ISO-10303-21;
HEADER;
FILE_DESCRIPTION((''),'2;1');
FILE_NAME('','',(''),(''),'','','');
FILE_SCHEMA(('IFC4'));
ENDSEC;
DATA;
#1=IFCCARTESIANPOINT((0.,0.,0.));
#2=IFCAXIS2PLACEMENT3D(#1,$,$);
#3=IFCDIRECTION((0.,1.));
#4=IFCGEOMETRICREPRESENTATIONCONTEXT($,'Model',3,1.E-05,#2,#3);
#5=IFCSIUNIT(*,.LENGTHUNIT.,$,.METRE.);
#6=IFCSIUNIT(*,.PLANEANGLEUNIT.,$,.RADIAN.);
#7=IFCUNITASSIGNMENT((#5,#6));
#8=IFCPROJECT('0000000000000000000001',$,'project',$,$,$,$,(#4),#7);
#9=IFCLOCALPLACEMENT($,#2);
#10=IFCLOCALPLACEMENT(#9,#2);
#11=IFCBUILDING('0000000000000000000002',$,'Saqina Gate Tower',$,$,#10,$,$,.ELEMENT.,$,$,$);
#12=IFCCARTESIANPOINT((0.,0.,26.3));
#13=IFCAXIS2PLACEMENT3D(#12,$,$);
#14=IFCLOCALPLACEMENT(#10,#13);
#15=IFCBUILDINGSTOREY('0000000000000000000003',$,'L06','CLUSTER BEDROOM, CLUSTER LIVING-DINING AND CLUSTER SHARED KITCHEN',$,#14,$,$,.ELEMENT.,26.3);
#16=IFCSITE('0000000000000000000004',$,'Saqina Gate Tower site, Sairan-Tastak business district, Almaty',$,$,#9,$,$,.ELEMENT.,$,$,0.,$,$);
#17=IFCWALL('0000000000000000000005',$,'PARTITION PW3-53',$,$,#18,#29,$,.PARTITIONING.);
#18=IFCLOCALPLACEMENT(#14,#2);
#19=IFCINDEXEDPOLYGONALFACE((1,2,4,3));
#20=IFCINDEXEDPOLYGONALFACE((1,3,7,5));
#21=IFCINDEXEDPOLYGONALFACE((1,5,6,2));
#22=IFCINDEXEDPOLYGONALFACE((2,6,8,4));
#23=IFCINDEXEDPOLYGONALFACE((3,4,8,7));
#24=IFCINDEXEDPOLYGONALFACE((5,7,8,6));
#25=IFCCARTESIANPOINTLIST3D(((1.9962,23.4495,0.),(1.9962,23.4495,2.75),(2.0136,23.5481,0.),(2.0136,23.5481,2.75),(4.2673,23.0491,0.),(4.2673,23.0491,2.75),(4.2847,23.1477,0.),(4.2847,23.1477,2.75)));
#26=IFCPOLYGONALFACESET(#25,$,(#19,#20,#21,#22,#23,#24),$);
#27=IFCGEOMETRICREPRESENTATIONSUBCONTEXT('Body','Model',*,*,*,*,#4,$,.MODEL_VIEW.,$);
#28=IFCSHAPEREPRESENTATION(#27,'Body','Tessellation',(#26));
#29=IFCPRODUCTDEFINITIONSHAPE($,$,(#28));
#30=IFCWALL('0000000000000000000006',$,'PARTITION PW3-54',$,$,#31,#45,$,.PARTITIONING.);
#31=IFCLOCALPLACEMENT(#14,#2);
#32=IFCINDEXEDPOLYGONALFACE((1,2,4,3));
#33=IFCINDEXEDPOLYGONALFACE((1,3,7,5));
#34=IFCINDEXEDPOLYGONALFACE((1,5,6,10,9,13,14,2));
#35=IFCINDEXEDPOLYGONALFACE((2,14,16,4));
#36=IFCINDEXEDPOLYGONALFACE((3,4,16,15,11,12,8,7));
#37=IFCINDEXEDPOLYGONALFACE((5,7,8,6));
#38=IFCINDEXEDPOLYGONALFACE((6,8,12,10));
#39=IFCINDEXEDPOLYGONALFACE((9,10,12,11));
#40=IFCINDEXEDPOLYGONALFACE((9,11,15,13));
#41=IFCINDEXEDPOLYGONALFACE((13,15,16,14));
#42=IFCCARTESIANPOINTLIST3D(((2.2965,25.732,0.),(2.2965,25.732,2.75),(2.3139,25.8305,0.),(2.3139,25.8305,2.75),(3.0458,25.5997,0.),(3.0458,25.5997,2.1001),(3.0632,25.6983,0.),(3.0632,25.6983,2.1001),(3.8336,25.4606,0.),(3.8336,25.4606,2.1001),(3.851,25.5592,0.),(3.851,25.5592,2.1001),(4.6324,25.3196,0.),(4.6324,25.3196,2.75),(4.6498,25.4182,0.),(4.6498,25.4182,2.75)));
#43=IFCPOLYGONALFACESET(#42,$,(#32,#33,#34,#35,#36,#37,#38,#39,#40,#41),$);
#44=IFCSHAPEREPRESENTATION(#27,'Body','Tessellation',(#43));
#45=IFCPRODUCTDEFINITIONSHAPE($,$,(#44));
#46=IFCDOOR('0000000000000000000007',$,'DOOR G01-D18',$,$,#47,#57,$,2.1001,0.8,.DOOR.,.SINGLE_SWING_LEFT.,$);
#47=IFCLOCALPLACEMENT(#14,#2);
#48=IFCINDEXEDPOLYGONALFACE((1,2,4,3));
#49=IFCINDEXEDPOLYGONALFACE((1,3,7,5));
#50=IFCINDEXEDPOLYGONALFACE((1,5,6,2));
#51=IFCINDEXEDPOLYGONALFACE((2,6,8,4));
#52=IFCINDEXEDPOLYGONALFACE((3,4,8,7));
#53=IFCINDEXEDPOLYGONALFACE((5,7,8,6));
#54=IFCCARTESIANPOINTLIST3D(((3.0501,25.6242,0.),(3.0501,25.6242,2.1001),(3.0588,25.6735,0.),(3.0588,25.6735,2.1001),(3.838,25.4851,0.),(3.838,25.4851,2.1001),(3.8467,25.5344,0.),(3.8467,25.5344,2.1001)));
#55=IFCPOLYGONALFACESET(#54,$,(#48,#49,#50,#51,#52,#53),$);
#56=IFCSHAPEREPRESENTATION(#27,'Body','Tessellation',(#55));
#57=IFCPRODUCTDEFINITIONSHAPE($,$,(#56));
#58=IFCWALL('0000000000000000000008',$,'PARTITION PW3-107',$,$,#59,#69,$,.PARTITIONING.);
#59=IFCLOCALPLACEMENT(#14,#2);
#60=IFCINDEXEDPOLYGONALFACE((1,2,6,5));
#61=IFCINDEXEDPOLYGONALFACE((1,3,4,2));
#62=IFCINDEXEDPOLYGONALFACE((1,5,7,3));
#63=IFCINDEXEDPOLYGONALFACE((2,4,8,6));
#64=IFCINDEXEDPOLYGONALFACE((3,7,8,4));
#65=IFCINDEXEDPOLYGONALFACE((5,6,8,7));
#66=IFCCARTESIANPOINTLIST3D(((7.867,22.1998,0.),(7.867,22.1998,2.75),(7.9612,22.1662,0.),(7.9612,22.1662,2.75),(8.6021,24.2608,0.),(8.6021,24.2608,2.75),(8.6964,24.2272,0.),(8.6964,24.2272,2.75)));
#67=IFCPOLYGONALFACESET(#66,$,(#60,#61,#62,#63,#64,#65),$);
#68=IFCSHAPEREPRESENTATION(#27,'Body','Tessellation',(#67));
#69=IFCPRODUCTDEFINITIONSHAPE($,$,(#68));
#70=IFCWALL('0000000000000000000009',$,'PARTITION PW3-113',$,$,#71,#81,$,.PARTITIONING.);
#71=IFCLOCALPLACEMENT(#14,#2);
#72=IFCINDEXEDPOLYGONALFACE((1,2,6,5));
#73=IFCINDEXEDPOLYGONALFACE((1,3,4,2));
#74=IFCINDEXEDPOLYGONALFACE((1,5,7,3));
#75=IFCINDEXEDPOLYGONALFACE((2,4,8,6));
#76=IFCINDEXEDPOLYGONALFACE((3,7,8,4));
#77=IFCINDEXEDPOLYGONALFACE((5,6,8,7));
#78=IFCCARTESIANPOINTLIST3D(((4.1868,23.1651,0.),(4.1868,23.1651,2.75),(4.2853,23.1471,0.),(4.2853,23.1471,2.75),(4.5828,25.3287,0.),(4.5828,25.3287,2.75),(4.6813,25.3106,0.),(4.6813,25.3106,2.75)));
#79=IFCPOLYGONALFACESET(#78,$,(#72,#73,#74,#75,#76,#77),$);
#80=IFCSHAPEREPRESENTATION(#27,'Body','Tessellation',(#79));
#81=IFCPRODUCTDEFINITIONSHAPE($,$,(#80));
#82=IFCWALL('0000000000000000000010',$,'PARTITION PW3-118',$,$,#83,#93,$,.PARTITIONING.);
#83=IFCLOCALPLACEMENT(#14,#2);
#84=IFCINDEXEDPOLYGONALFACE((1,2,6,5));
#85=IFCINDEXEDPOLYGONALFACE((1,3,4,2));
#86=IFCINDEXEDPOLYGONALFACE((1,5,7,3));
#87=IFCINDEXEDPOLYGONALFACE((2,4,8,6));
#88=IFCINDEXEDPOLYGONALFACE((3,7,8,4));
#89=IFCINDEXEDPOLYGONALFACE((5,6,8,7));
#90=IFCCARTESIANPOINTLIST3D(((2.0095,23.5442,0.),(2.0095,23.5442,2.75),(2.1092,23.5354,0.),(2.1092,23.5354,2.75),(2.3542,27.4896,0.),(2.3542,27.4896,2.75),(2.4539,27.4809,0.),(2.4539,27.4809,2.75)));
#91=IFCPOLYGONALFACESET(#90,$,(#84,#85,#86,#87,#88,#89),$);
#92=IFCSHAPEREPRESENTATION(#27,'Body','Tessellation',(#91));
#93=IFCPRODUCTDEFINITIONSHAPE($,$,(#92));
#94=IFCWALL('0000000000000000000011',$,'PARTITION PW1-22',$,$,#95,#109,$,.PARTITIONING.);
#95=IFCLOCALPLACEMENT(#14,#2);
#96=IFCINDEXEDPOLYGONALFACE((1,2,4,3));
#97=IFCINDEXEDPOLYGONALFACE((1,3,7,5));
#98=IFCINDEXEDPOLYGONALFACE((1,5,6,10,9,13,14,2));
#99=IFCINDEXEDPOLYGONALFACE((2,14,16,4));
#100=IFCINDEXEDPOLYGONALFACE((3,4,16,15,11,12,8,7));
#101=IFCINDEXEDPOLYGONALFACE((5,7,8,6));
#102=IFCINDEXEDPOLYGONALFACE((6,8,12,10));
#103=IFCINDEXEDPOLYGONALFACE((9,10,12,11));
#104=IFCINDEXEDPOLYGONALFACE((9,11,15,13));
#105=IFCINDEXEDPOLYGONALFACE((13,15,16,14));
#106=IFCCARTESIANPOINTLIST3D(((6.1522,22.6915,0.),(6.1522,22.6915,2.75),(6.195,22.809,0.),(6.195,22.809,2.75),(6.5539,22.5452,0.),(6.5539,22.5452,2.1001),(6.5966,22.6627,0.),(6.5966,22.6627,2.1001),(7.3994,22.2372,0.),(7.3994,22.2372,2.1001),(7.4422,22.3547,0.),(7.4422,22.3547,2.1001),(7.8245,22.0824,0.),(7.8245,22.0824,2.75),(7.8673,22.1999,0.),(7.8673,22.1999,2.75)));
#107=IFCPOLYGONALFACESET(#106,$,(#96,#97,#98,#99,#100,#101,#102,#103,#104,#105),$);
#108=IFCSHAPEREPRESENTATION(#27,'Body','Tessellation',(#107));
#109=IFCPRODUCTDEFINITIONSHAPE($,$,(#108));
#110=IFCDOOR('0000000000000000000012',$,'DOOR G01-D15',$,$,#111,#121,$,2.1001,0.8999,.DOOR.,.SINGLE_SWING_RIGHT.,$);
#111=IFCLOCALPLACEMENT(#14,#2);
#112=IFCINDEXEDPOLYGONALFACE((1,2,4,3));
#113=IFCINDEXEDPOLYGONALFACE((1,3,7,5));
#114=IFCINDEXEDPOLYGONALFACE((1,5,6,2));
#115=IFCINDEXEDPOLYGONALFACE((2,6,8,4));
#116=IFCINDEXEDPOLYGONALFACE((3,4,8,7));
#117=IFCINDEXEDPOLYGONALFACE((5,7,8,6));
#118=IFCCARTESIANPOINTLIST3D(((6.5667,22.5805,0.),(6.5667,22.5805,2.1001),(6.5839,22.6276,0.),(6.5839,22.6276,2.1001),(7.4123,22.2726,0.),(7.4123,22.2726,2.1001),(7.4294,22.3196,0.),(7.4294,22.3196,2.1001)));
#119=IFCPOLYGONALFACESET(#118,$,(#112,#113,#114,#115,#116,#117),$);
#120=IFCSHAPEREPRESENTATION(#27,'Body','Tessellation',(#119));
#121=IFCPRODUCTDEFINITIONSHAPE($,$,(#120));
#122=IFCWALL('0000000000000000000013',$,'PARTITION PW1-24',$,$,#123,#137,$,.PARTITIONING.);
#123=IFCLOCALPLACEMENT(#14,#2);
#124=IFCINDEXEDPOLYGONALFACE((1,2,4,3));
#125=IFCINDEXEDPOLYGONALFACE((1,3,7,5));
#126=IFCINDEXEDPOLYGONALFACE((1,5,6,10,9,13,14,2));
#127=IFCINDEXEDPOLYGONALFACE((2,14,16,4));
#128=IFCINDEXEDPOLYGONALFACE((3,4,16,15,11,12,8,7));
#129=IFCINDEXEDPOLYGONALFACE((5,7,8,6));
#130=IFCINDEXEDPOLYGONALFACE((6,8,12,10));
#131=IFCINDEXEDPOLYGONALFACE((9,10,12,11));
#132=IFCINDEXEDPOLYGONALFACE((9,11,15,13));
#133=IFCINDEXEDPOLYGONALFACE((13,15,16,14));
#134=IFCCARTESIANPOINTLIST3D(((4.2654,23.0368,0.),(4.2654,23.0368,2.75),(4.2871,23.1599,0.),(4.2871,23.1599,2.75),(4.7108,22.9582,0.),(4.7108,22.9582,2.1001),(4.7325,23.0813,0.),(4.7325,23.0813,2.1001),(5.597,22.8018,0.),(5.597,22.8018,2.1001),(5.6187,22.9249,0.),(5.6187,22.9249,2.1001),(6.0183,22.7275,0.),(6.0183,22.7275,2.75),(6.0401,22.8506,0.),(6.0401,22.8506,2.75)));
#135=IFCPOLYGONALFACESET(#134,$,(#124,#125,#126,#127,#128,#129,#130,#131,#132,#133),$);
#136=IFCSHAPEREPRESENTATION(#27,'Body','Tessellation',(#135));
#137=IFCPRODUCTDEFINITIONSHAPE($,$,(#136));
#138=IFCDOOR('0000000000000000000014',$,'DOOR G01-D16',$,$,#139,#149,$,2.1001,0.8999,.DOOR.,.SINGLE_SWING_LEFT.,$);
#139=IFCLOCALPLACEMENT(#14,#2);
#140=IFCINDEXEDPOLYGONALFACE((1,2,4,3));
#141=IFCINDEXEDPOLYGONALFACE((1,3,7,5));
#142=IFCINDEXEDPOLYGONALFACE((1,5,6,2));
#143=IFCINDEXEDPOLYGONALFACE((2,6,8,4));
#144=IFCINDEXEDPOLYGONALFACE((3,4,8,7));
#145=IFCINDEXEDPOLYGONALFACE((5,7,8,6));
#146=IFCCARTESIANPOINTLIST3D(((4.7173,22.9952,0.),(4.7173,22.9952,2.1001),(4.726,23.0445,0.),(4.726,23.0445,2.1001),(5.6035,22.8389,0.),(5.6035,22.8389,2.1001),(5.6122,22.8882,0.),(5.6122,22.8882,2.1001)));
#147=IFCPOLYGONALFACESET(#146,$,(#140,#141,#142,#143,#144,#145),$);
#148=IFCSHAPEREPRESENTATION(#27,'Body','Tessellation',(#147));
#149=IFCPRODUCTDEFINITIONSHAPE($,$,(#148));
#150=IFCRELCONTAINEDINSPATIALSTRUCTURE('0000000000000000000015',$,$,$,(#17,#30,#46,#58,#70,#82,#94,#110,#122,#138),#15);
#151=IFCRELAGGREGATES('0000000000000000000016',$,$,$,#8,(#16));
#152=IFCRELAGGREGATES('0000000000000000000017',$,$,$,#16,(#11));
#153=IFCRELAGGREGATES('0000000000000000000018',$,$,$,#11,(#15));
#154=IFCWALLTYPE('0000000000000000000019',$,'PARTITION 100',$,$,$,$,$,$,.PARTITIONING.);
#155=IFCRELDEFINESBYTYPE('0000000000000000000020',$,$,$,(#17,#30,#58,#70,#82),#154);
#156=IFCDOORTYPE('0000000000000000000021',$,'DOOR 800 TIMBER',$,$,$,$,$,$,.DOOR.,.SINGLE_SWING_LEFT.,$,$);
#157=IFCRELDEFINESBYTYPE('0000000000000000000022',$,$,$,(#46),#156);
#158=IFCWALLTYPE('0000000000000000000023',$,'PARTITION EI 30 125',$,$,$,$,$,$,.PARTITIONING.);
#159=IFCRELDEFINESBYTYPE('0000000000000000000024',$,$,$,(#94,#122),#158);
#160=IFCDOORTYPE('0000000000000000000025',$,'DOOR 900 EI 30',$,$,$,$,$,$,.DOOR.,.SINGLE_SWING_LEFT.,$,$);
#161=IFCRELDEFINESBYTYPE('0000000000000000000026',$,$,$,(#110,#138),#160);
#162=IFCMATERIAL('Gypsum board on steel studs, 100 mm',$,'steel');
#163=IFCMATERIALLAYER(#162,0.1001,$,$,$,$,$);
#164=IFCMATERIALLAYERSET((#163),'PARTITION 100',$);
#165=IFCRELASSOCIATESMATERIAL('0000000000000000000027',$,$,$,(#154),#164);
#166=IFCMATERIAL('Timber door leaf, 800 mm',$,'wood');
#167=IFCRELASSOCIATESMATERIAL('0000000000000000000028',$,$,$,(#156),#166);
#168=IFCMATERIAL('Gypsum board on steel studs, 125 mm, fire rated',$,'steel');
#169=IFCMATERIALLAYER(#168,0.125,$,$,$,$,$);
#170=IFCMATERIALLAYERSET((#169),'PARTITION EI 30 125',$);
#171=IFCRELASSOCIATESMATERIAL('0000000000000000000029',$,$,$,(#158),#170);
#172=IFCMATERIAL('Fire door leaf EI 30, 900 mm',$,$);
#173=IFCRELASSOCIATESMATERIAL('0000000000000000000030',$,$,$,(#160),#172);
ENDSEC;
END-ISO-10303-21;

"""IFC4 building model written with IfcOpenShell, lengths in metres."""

from ifc_helpers import new_model, si_unit, direction, frame, frame_2d, origin, place, context, subcontext, project, spatial, rectangle, extrude, material, layer, layer_set, type_object, element, fill, save


model = new_model("IFC4")

# Units and contexts
model_context = context("Model", 3, precision=1e-05, world=origin(), true_north=direction((0.0, 1.0)))
body_context = subcontext(model_context, "Body", "Model", "MODEL_VIEW")
ifc_project = project(units=[si_unit("LENGTHUNIT", "METRE"), si_unit("PLANEANGLEUNIT", "RADIAN")], contexts=[model_context])

# Site, building, storey
site_placement = place(None, origin())
site = spatial("IfcSite", under=ifc_project, at=site_placement, Name="Saqina Gate Tower site, Sairan-Tastak business district, Almaty", CompositionType="ELEMENT", RefElevation=0.0)
building_placement = place(site_placement, origin())
building = spatial("IfcBuilding", under=site, at=building_placement, Name="Saqina Gate Tower", CompositionType="ELEMENT")
storey_placement = place(building_placement, frame((0.0, 0.0, 26.3)))
storey = spatial("IfcBuildingStorey", under=building, at=storey_placement, Name="L06", Description="CLUSTER BEDROOM, CLUSTER LIVING-DINING AND CLUSTER SHARED KITCHEN", CompositionType="ELEMENT", Elevation=26.3)

# Shared definitions
ifc_material_1 = material(Name="Gypsum board on steel studs, 100 mm", Category="steel")
ifc_layer_1 = layer(ifc_material_1, 0.1001)
ifc_layer_set_1 = layer_set([ifc_layer_1], Name="PARTITION 100")
wall_type_1 = type_object("IfcWallType", Name="PARTITION 100", PredefinedType="PARTITIONING", material=ifc_layer_set_1)
ifc_material_2 = material(Name="Timber door leaf, 800 mm", Category="wood")
door_type_1 = type_object("IfcDoorType", Name="DOOR 800 TIMBER", OperationType="SINGLE_SWING_LEFT", PredefinedType="DOOR", material=ifc_material_2)

# Wall
wall_1_placement = place(storey_placement, frame((2.0049, 23.4988, 0.0), z_axis=(0.0, 0.0, 1.0), x_axis=(0.984814, -0.17361, 0.0)))
element("IfcWall", 1, at=wall_1_placement, inside=storey, type_object=wall_type_1, Name="PARTITION PW3-53", PredefinedType="PARTITIONING", context=body_context, shape_type="SweptSolid", body=[
    extrude(rectangle(XDim=2.3062, YDim=0.1001, at=frame_2d((1.1531, 0.0))), origin(), (0.0, 0.0, 1.0), 2.75),
])

# Wall, opening, door
wall_2_placement = place(storey_placement, frame((2.3052, 25.7812, 0.0), z_axis=(0.0, 0.0, 1.0), x_axis=(0.984774, -0.173838, 0.0)))
wall_2 = element("IfcWall", 2, at=wall_2_placement, inside=storey, type_object=wall_type_1, Name="PARTITION PW3-54", PredefinedType="PARTITIONING", context=body_context, shape_type="SweptSolid", body=[
    extrude(rectangle(XDim=2.3721, YDim=0.1001, at=frame_2d((1.186, 0.0))), origin(), (0.0, 0.0, 1.0), 2.75),
])
opening_1_placement = place(wall_2_placement, frame((0.761, 0.0, 0.0)))
opening_1 = element("IfcOpeningElement", 3, at=opening_1_placement, cuts=wall_2, PredefinedType="OPENING", context=body_context, shape_type="SweptSolid", body=[
    extrude(rectangle(XDim=0.8, YDim=2.1001, at=frame_2d((0.3999, 1.05))), frame((0.0, 0.062, 0.0), z_axis=(0.0, -1.0, 0.0), x_axis=(1.0, 0.0, 0.0)), (0.0, 0.0, 1.0), 0.124),
])
door_1_placement = place(opening_1_placement, origin())
door_1 = element("IfcDoor", 4, at=door_1_placement, inside=storey, type_object=door_type_1, Name="DOOR G01-D18", OperationType="SINGLE_SWING_LEFT", OverallHeight=2.1001, OverallWidth=0.8, PredefinedType="DOOR", context=body_context, shape_type="SweptSolid", body=[
    extrude(rectangle(XDim=0.8, YDim=2.1001, at=frame_2d((0.3999, 1.05))), frame((0.0, 0.0249, 0.0), z_axis=(0.0, -1.0, 0.0), x_axis=(1.0, 0.0, 0.0)), (0.0, 0.0, 1.0), 0.05),
])
fill(opening_1, door_1)

# Walls
wall_3_placement = place(storey_placement, frame((7.9141, 22.1829, 0.0), z_axis=(0.0, 0.0, 1.0), x_axis=(0.335941, 0.941883, 0.0)))
element("IfcWall", 5, at=wall_3_placement, inside=storey, type_object=wall_type_1, Name="PARTITION PW3-107", PredefinedType="PARTITIONING", context=body_context, shape_type="SweptSolid", body=[
    extrude(rectangle(XDim=2.1882, YDim=0.1001, at=frame_2d((1.0942, 0.0))), origin(), (0.0, 0.0, 1.0), 2.75),
])
wall_4_placement = place(storey_placement, frame((4.2361, 23.1562, 0.0), z_axis=(0.0, 0.0, 1.0), x_axis=(0.180038, 0.98366, 0.0)))
element("IfcWall", 6, at=wall_4_placement, inside=storey, type_object=wall_type_1, Name="PARTITION PW3-113", PredefinedType="PARTITIONING", context=body_context, shape_type="SweptSolid", body=[
    extrude(rectangle(XDim=2.1995, YDim=0.1001, at=frame_2d((1.0996, 0.0))), origin(), (0.0, 0.0, 1.0), 2.75),
])
wall_5_placement = place(storey_placement, frame((2.0593, 23.5398, 0.0), z_axis=(0.0, 0.0, 1.0), x_axis=(0.087045, 0.996204, 0.0)))
element("IfcWall", 7, at=wall_5_placement, inside=storey, type_object=wall_type_1, Name="PARTITION PW3-118", PredefinedType="PARTITIONING", context=body_context, shape_type="SweptSolid", body=[
    extrude(rectangle(XDim=3.9604, YDim=0.1001, at=frame_2d((1.9802, 0.0))), origin(), (0.0, 0.0, 1.0), 2.75),
])

# Walls, openings, doors
ifc_material_3 = material(Name="Gypsum board on steel studs, 125 mm, fire rated", Category="steel")
ifc_layer_2 = layer(ifc_material_3, 0.125)
ifc_layer_set_2 = layer_set([ifc_layer_2], Name="PARTITION EI 30 125")
wall_type_2 = type_object("IfcWallType", Name="PARTITION EI 30 125", PredefinedType="PARTITIONING", material=ifc_layer_set_2)
wall_6_placement = place(storey_placement, frame((6.1736, 22.7502, 0.0), z_axis=(0.0, 0.0, 1.0), x_axis=(0.939613, -0.342239, 0.0)))
wall_6 = element("IfcWall", 8, at=wall_6_placement, inside=storey, type_object=wall_type_2, Name="PARTITION PW1-22", PredefinedType="PARTITIONING", context=body_context, shape_type="SweptSolid", body=[
    extrude(rectangle(XDim=1.7798, YDim=0.125, at=frame_2d((0.8899, 0.0))), origin(), (0.0, 0.0, 1.0), 2.75),
])
opening_2_placement = place(wall_6_placement, frame((0.4275, 0.0, 0.0)))
opening_2 = element("IfcOpeningElement", 9, at=opening_2_placement, cuts=wall_6, PredefinedType="OPENING", context=body_context, shape_type="SweptSolid", body=[
    extrude(rectangle(XDim=0.8999, YDim=2.1001, at=frame_2d((0.45, 1.05))), frame((0.0, 0.0745, 0.0), z_axis=(0.0, -1.0, 0.0), x_axis=(1.0, 0.0, 0.0)), (0.0, 0.0, 1.0), 0.1489),
])
ifc_material_4 = material(Name="Fire door leaf EI 30, 900 mm")
door_type_2 = type_object("IfcDoorType", Name="DOOR 900 EI 30", OperationType="SINGLE_SWING_LEFT", PredefinedType="DOOR", material=ifc_material_4)
door_2_placement = place(opening_2_placement, frame((0.8999, 0.0, 0.0), z_axis=(0.0, 0.0, 1.0), x_axis=(-1.0, 0.0, 0.0)))
door_2 = element("IfcDoor", 10, at=door_2_placement, inside=storey, type_object=door_type_2, Name="DOOR G01-D15", OperationType="SINGLE_SWING_RIGHT", OverallHeight=2.1001, OverallWidth=0.8999, PredefinedType="DOOR", context=body_context, shape_type="SweptSolid", body=[
    extrude(rectangle(XDim=0.8999, YDim=2.1001, at=frame_2d((0.45, 1.05))), frame((0.0, 0.0249, 0.0), z_axis=(0.0, -1.0, 0.0), x_axis=(1.0, 0.0, 0.0)), (0.0, 0.0, 1.0), 0.05),
])
fill(opening_2, door_2)
wall_7_placement = place(storey_placement, frame((4.2761, 23.0984, 0.0), z_axis=(0.0, 0.0, 1.0), x_axis=(0.984785, -0.173778, 0.0)))
wall_7 = element("IfcWall", 11, at=wall_7_placement, inside=storey, type_object=wall_type_2, Name="PARTITION PW1-24", PredefinedType="PARTITIONING", context=body_context, shape_type="SweptSolid", body=[
    extrude(rectangle(XDim=1.78, YDim=0.125, at=frame_2d((0.8901, 0.0))), origin(), (0.0, 0.0, 1.0), 2.75),
])
opening_3_placement = place(wall_7_placement, frame((0.4524, 0.0, 0.0)))
opening_3 = element("IfcOpeningElement", 12, at=opening_3_placement, cuts=wall_7, PredefinedType="OPENING", context=body_context, shape_type="SweptSolid", body=[
    extrude(rectangle(XDim=0.8999, YDim=2.1001, at=frame_2d((0.45, 1.05))), frame((0.0, 0.0745, 0.0), z_axis=(0.0, -1.0, 0.0), x_axis=(1.0, 0.0, 0.0)), (0.0, 0.0, 1.0), 0.1489),
])
door_3_placement = place(opening_3_placement, frame((0.8999, 0.0, 0.0), z_axis=(0.0, 0.0, 1.0), x_axis=(-1.0, 0.0, 0.0)))
door_3 = element("IfcDoor", 13, at=door_3_placement, inside=storey, type_object=door_type_2, Name="DOOR G01-D16", OperationType="SINGLE_SWING_LEFT", OverallHeight=2.1001, OverallWidth=0.8999, PredefinedType="DOOR", context=body_context, shape_type="SweptSolid", body=[
    extrude(rectangle(XDim=0.8999, YDim=2.1001, at=frame_2d((0.45, 1.05))), frame((0.0, 0.0249, 0.0), z_axis=(0.0, -1.0, 0.0), x_axis=(1.0, 0.0, 0.0)), (0.0, 0.0, 1.0), 0.05),
])
fill(opening_3, door_3)

save(model, "model.ifc")
